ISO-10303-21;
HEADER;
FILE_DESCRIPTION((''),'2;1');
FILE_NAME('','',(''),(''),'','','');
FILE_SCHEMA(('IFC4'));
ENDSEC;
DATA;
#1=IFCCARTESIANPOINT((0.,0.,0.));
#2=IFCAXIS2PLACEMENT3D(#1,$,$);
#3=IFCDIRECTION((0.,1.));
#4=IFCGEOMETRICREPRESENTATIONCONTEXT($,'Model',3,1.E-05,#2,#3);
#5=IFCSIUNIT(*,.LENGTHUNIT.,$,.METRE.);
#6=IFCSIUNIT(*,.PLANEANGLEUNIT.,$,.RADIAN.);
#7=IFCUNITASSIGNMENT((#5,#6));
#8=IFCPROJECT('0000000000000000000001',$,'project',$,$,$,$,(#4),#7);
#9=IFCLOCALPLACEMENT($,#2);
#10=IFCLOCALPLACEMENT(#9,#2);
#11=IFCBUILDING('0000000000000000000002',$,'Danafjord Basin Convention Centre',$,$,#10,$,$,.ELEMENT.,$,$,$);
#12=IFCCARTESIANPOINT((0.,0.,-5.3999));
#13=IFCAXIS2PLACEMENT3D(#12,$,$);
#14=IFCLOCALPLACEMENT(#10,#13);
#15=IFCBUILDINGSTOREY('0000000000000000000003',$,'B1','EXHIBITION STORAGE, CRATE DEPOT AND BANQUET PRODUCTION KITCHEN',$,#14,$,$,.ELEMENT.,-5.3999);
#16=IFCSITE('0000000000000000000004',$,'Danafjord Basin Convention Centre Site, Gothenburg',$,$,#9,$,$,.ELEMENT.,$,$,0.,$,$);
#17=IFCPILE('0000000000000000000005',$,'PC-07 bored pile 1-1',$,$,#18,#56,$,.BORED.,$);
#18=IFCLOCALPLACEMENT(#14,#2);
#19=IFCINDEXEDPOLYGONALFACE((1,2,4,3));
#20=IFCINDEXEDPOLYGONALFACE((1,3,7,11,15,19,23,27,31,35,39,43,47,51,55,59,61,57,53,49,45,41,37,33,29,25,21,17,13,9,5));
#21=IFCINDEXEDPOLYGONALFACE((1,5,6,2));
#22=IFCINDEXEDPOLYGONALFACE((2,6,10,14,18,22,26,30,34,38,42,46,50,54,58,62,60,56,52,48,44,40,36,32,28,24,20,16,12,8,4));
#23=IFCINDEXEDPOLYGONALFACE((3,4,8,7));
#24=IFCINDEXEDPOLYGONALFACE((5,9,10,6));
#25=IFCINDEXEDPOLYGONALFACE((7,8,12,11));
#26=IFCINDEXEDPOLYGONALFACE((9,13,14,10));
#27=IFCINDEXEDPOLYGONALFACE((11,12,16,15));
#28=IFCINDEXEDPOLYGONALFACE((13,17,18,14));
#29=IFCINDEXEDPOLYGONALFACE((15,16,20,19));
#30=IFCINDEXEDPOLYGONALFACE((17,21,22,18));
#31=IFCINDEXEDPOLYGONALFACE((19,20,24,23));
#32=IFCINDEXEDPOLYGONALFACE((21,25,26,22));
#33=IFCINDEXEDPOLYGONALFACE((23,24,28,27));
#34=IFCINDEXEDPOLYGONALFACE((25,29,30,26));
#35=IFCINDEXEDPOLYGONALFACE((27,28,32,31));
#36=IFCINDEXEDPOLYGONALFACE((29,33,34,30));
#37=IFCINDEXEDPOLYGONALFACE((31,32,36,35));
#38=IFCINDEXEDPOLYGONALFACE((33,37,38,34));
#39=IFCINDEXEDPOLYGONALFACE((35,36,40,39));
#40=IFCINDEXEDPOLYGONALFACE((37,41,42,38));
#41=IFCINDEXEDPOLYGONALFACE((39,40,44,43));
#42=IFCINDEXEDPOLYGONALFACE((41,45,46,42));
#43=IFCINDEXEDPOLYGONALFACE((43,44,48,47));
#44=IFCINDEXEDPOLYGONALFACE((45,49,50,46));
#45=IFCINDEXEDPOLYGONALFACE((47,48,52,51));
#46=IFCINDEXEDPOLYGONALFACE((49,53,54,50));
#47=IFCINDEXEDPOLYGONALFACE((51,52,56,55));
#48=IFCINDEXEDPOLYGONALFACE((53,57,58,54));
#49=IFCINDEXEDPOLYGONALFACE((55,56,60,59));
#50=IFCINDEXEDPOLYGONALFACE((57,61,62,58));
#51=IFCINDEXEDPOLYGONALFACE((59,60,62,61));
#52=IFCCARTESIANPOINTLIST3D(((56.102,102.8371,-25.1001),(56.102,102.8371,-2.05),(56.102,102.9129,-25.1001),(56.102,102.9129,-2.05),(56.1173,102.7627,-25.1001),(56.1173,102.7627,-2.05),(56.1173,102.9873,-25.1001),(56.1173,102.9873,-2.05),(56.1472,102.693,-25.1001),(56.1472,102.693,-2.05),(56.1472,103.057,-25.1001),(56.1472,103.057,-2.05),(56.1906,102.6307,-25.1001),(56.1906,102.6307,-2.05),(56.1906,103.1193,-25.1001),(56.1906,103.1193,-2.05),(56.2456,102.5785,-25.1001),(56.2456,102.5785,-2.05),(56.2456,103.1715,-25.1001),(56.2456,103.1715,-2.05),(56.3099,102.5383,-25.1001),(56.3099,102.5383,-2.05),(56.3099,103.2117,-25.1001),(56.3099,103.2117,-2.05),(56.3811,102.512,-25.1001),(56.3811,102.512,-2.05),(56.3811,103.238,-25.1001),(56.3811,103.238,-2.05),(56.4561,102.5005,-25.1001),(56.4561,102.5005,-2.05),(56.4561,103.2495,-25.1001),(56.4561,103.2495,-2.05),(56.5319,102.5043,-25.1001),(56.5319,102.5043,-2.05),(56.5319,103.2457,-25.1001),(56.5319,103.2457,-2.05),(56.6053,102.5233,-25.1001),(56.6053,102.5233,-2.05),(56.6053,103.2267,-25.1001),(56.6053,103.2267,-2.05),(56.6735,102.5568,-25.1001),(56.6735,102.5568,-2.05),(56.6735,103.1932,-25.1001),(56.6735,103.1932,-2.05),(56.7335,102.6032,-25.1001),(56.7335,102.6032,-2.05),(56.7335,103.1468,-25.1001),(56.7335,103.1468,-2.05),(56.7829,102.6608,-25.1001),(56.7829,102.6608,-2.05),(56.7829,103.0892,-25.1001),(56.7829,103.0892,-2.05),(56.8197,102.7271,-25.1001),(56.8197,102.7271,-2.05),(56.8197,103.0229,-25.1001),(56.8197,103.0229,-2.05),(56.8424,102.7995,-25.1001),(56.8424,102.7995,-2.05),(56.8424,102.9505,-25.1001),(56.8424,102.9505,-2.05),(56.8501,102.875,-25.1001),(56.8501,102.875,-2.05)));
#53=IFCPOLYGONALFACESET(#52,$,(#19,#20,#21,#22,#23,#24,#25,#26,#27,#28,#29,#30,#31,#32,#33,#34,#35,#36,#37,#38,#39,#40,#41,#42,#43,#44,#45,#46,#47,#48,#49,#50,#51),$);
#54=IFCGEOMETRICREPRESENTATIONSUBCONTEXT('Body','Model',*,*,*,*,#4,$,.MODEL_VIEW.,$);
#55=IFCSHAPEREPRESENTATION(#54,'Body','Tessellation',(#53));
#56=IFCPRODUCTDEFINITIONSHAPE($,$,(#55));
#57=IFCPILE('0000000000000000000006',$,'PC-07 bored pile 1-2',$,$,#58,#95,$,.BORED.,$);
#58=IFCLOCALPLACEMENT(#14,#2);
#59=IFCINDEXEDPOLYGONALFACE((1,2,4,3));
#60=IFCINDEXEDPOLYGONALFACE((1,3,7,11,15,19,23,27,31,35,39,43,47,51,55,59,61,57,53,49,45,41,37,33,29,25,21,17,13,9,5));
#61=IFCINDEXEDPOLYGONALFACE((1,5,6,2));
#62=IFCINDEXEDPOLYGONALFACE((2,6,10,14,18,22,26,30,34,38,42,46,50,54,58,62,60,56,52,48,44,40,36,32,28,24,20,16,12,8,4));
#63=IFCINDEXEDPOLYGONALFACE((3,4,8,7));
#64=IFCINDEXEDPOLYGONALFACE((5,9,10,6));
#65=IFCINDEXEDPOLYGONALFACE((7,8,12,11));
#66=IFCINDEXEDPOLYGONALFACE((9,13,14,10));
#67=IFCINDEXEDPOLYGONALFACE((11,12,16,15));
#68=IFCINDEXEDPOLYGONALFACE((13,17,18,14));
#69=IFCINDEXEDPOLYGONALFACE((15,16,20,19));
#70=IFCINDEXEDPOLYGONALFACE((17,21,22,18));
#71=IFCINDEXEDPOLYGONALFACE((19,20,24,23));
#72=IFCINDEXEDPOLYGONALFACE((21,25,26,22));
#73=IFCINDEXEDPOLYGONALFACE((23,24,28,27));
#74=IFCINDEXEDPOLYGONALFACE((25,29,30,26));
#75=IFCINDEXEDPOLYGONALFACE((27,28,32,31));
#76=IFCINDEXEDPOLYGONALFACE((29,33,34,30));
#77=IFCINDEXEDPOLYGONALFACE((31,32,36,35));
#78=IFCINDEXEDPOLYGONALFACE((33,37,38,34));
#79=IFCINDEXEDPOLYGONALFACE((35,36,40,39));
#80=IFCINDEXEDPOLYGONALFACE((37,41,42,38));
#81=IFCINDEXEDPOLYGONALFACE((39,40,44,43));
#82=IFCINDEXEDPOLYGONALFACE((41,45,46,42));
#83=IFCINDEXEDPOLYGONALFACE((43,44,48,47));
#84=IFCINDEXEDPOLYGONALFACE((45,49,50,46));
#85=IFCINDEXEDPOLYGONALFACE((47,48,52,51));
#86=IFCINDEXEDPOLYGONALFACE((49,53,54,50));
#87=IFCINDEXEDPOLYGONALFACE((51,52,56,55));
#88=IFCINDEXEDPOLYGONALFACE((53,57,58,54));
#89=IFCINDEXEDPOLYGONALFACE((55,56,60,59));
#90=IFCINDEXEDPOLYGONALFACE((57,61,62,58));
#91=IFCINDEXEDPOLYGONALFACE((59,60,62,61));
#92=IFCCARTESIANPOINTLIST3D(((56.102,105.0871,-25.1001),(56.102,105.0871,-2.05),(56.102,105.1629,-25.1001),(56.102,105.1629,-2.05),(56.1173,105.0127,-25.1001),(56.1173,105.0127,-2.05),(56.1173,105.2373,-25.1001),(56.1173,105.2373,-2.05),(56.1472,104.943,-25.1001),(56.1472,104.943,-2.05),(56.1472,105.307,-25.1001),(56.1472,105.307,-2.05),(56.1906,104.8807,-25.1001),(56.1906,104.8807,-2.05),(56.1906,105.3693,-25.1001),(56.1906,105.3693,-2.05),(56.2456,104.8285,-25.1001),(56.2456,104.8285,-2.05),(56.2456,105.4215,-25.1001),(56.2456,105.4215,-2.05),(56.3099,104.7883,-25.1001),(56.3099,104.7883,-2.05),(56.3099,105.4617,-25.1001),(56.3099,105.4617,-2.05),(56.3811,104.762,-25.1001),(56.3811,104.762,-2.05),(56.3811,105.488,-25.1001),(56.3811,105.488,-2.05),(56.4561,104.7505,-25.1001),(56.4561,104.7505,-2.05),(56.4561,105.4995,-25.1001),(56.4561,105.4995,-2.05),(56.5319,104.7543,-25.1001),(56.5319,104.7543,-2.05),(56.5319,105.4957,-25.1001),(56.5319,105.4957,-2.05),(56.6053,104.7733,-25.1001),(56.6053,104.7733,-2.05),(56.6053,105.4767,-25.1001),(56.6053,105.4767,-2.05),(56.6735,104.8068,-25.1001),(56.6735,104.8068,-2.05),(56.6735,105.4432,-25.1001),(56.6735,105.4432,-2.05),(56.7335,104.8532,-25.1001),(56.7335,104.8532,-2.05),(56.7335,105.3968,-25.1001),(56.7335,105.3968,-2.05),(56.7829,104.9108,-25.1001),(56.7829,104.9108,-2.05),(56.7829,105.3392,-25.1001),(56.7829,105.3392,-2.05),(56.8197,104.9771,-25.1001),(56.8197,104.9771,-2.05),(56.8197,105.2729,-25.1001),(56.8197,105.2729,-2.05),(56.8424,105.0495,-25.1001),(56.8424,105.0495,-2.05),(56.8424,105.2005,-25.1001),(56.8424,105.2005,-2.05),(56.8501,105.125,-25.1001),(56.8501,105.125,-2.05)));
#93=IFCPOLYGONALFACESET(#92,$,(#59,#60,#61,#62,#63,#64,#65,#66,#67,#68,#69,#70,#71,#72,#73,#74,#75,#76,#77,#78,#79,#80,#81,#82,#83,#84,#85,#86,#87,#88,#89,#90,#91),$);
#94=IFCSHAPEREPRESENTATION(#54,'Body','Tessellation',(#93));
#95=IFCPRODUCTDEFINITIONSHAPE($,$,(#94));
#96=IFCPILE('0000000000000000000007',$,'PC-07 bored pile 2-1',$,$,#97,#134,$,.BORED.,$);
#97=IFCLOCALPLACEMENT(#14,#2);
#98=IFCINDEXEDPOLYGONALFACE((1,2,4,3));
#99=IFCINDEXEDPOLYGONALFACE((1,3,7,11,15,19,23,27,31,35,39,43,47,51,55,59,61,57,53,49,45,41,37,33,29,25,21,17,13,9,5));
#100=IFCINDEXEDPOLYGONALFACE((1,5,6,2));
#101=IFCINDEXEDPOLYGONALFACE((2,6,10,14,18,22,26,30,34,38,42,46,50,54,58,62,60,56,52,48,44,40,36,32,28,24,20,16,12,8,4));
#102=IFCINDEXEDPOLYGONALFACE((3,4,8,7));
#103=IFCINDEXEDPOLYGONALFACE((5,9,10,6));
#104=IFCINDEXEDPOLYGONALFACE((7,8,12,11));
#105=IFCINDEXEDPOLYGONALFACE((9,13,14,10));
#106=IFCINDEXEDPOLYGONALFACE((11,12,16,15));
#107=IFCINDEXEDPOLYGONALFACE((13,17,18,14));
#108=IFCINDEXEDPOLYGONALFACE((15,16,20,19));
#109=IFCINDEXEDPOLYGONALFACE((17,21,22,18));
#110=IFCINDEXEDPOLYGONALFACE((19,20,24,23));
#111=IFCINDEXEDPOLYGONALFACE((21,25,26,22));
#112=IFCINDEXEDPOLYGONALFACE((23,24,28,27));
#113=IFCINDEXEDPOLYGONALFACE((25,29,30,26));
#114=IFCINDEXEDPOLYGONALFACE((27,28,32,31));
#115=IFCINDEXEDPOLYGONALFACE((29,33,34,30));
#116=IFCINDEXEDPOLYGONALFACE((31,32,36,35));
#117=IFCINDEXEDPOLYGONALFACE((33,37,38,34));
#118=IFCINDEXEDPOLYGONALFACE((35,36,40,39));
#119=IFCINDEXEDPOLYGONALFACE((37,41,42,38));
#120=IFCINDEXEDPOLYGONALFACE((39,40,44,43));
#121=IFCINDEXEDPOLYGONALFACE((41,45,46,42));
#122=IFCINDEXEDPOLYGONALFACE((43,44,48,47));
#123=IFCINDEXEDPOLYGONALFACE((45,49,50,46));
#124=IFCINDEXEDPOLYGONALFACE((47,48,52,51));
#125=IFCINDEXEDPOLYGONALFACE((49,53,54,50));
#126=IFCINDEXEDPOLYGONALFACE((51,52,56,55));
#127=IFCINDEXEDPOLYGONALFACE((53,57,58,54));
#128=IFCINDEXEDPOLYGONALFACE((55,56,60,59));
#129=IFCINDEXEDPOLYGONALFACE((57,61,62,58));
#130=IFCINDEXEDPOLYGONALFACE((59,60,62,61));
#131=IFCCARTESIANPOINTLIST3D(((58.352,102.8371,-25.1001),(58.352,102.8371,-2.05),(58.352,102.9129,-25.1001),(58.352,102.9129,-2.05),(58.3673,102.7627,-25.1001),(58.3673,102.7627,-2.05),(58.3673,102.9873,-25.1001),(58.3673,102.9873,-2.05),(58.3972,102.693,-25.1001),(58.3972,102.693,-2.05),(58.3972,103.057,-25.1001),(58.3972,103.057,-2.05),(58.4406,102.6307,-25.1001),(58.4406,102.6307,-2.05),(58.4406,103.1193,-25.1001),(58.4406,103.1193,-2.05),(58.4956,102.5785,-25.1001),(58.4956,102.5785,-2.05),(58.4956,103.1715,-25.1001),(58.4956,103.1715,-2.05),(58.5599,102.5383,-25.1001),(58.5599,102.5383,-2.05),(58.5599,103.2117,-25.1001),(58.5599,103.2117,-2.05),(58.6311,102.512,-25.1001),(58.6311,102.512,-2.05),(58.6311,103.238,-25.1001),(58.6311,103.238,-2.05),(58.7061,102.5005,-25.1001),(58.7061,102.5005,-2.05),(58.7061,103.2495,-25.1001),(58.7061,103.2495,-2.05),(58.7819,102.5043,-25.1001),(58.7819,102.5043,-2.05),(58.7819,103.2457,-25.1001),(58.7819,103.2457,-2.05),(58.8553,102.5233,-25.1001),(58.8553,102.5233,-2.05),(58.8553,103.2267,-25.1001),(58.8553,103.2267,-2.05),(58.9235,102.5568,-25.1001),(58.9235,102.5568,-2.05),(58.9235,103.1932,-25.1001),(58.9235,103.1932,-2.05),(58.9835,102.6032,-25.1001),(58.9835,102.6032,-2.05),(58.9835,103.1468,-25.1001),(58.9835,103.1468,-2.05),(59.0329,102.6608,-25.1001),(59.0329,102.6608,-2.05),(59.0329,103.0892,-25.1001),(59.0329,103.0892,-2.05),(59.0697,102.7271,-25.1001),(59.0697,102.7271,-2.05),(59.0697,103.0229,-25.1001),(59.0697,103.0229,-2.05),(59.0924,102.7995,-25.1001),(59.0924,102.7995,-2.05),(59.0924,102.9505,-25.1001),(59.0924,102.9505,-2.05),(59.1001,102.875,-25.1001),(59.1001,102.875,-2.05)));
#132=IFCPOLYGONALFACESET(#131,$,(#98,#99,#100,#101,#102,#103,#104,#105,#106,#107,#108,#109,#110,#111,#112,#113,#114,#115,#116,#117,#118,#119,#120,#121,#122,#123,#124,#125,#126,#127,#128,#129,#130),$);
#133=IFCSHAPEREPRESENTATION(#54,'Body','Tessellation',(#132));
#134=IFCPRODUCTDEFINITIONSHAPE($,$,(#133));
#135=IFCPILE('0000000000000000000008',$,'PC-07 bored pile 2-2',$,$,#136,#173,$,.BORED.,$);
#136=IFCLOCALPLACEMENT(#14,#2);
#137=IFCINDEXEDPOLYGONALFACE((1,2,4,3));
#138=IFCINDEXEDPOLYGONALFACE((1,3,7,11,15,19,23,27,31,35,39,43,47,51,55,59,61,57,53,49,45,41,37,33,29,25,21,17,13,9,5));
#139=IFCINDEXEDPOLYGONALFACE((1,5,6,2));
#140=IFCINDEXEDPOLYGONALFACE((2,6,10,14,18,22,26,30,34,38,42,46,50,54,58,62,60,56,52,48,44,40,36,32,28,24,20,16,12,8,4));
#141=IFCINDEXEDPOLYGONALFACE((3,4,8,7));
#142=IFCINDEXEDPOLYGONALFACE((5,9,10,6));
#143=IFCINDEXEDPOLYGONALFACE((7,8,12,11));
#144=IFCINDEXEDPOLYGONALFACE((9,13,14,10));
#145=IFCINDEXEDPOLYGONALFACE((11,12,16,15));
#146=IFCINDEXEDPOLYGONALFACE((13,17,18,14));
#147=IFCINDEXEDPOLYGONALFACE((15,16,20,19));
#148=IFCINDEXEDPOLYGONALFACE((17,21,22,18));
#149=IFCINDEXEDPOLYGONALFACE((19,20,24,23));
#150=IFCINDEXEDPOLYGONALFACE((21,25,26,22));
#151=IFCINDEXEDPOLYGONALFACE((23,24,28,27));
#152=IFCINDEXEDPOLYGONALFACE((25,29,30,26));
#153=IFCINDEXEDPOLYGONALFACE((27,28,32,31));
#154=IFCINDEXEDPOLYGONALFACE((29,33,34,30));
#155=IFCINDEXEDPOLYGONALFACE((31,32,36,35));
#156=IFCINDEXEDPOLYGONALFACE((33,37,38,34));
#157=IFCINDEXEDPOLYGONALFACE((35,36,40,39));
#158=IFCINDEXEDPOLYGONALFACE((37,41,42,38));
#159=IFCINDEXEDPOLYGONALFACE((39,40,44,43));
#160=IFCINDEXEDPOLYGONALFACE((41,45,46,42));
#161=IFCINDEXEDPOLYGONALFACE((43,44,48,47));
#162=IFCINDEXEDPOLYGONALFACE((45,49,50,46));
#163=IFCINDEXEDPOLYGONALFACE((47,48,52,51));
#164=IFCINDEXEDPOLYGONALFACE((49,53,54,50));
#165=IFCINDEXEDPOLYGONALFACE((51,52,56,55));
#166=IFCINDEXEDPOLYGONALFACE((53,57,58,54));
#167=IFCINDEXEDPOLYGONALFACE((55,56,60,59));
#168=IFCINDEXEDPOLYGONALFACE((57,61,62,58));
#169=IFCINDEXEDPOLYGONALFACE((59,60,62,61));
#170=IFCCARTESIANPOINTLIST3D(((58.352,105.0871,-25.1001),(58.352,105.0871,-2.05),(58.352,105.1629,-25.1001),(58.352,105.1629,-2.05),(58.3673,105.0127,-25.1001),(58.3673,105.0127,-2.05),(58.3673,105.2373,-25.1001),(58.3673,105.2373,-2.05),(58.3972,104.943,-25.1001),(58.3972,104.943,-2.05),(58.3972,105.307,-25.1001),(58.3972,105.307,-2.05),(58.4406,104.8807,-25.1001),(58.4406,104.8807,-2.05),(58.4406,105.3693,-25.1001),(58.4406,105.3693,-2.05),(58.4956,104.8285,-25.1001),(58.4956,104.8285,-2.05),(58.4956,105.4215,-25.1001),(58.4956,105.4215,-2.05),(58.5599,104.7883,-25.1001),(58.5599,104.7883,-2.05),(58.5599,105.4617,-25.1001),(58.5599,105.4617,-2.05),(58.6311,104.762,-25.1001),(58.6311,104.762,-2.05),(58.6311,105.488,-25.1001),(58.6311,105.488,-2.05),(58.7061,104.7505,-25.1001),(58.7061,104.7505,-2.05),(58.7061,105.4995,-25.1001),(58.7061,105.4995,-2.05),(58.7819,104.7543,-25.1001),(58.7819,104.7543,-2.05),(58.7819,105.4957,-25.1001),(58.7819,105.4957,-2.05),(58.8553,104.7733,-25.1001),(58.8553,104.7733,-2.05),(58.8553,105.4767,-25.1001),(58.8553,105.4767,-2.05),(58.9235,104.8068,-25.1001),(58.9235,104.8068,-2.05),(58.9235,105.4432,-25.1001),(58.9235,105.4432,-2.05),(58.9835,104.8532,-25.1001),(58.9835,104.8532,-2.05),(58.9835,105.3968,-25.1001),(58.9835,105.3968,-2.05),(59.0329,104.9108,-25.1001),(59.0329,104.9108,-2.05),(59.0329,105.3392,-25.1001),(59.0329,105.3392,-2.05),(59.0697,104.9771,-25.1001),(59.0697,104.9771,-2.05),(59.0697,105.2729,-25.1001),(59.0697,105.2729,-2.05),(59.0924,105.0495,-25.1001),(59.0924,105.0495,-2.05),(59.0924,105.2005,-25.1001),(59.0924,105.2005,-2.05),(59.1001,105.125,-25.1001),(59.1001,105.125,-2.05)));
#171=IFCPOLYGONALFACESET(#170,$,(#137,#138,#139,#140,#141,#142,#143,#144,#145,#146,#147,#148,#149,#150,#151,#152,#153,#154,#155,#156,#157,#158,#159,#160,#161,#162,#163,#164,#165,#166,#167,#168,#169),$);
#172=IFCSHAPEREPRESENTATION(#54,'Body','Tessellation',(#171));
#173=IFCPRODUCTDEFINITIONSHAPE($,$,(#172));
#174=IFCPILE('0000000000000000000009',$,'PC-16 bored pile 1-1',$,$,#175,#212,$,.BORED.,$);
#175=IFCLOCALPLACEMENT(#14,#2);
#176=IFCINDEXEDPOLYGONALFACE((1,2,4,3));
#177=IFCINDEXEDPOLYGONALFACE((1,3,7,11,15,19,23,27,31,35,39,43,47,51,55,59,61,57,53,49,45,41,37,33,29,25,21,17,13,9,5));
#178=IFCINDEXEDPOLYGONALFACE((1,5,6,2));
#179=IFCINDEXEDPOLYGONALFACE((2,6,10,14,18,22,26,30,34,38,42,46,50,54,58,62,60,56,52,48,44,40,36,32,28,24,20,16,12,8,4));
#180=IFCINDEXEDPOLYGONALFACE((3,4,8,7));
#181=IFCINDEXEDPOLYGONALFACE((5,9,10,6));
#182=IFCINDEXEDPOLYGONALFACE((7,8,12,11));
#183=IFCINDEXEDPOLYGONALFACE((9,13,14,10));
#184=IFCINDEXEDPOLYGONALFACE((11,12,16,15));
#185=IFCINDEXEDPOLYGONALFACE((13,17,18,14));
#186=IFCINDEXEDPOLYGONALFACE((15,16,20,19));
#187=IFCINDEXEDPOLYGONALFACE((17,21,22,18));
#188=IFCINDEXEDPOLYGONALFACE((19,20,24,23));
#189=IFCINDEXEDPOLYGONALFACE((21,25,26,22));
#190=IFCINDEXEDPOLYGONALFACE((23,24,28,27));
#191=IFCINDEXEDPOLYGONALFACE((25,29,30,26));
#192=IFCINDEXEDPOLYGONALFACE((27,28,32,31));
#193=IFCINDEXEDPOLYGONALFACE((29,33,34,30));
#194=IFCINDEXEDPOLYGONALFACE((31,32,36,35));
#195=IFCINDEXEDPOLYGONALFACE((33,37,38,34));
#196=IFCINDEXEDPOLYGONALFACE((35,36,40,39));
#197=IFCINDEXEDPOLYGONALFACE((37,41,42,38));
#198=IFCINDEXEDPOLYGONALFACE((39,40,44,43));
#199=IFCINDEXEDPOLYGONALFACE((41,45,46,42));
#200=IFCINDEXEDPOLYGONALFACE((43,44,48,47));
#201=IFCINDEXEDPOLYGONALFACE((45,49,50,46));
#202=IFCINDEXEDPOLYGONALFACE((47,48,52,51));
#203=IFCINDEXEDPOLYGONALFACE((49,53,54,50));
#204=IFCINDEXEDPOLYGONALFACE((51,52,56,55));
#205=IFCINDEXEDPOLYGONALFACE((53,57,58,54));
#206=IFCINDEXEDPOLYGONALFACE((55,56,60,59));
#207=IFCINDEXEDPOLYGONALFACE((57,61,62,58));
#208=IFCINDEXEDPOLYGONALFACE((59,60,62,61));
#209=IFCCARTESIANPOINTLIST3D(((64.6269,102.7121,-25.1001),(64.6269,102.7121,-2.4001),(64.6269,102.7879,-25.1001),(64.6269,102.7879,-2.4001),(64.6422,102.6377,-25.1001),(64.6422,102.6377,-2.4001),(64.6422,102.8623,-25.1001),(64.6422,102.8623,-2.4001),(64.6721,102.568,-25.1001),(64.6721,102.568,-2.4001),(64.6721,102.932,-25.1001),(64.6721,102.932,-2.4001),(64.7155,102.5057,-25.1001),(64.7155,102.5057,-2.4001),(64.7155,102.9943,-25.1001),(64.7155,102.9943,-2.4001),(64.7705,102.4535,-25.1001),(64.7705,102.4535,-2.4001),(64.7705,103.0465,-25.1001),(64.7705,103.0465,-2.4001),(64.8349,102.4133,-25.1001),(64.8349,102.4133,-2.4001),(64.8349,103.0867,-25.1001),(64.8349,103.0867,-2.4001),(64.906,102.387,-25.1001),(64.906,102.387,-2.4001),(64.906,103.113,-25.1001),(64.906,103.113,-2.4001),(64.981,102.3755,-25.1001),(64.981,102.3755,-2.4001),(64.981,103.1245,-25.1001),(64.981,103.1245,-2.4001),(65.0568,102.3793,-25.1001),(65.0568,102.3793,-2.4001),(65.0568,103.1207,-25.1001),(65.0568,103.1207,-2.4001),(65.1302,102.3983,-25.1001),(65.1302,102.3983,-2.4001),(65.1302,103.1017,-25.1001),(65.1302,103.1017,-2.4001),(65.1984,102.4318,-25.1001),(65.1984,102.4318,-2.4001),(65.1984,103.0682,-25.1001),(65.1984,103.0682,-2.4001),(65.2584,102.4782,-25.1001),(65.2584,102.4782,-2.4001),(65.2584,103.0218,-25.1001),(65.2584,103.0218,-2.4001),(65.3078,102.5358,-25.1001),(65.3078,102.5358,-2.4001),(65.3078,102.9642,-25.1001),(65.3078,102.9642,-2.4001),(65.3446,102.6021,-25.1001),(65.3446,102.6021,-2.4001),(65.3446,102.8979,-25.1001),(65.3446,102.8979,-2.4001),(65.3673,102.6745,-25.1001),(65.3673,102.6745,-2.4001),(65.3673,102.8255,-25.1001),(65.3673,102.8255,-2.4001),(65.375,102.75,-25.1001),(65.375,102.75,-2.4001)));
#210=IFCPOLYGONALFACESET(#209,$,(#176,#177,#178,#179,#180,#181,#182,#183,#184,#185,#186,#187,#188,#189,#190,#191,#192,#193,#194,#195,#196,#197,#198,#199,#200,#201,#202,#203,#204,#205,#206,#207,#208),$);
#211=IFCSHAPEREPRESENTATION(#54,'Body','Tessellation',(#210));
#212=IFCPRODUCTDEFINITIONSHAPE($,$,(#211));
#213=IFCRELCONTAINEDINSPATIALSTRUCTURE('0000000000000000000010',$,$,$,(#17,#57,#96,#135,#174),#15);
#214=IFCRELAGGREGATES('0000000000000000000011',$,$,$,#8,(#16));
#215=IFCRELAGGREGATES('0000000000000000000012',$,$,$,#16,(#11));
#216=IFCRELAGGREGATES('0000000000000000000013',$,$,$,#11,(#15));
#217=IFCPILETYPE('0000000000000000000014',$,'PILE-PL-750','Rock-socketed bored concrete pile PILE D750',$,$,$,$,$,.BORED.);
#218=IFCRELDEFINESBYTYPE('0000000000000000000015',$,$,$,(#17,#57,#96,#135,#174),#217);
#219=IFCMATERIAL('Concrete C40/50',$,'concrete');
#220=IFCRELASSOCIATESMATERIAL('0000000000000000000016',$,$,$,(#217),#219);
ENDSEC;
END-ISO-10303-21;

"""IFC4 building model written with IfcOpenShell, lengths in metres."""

from ifc_helpers import new_model, si_unit, direction, frame, origin, origin_2d, place, context, subcontext, project, spatial, circle, extrude, material, material_profile, profile_set, type_object, element, save


model = new_model("IFC4")

# Units and contexts
model_context = context("Model", 3, precision=1e-05, world=origin(), true_north=direction((0.0, 1.0)))
body_context = subcontext(model_context, "Body", "Model", "MODEL_VIEW")
ifc_project = project(units=[si_unit("LENGTHUNIT", "METRE"), si_unit("PLANEANGLEUNIT", "RADIAN")], contexts=[model_context])

# Site, building, storey
site_placement = place(None, origin())
site = spatial("IfcSite", under=ifc_project, at=site_placement, Name="Danafjord Basin Convention Centre Site, Gothenburg", CompositionType="ELEMENT", RefElevation=0.0)
building_placement = place(site_placement, origin())
building = spatial("IfcBuilding", under=site, at=building_placement, Name="Danafjord Basin Convention Centre", CompositionType="ELEMENT")
storey_placement = place(building_placement, frame((0.0, 0.0, -5.3999)))
storey = spatial("IfcBuildingStorey", under=building, at=storey_placement, Name="B1", Description="EXHIBITION STORAGE, CRATE DEPOT AND BANQUET PRODUCTION KITCHEN", CompositionType="ELEMENT", Elevation=-5.3999)

# Shared definitions
ifc_material_1 = material(Name="Concrete C40/50", Category="concrete")

# Piles
ifc_material_profile_1 = material_profile(ifc_material_1, circle(Radius=0.375, at=origin_2d()), Name="PILE D750")
ifc_profile_set_1 = profile_set([ifc_material_profile_1], Name="Concrete C40/50")
pile_type_1 = type_object("IfcPileType", Name="PILE-PL-750", Description="Rock-socketed bored concrete pile PILE D750", PredefinedType="BORED", material=ifc_profile_set_1)
for number, where, z_axis, x_axis, name in (
    (1, (56.4751, 102.875, -2.05), (0.0, 0.0, -1.0), (1.0, 0.0, 0.0), "PC-07 bored pile 1-1"),
    (2, (56.4751, 105.125, -2.05), (0.0, 0.0, -1.0), (1.0, 0.0, 0.0), "PC-07 bored pile 1-2"),
    (3, (58.7251, 102.875, -2.05), (0.0, 0.0, -1.0), (1.0, 0.0, 0.0), "PC-07 bored pile 2-1"),
    (4, (58.7251, 105.125, -2.05), (0.0, 0.0, -1.0), (1.0, 0.0, 0.0), "PC-07 bored pile 2-2"),
):
    element("IfcPile", number, at=place(storey_placement, frame(where, z_axis=z_axis, x_axis=x_axis)), inside=storey, type_object=pile_type_1, Name=name, PredefinedType="BORED", context=body_context, shape_type="SweptSolid", body=[
        extrude(circle(Radius=0.375, at=origin_2d()), origin(), (0.0, 0.0, 1.0), 23.05),
    ])
for number, where, z_axis, x_axis, name in (
    (5, (65.0, 102.75, -2.4001), (0.0, 0.0, -1.0), (1.0, 0.0, 0.0), "PC-16 bored pile 1-1"),
):
    element("IfcPile", number, at=place(storey_placement, frame(where, z_axis=z_axis, x_axis=x_axis)), inside=storey, type_object=pile_type_1, Name=name, PredefinedType="BORED", context=body_context, shape_type="SweptSolid", body=[
        extrude(circle(Radius=0.375, at=origin_2d()), origin(), (0.0, 0.0, 1.0), 22.7),
    ])

save(model, "model.ifc")
